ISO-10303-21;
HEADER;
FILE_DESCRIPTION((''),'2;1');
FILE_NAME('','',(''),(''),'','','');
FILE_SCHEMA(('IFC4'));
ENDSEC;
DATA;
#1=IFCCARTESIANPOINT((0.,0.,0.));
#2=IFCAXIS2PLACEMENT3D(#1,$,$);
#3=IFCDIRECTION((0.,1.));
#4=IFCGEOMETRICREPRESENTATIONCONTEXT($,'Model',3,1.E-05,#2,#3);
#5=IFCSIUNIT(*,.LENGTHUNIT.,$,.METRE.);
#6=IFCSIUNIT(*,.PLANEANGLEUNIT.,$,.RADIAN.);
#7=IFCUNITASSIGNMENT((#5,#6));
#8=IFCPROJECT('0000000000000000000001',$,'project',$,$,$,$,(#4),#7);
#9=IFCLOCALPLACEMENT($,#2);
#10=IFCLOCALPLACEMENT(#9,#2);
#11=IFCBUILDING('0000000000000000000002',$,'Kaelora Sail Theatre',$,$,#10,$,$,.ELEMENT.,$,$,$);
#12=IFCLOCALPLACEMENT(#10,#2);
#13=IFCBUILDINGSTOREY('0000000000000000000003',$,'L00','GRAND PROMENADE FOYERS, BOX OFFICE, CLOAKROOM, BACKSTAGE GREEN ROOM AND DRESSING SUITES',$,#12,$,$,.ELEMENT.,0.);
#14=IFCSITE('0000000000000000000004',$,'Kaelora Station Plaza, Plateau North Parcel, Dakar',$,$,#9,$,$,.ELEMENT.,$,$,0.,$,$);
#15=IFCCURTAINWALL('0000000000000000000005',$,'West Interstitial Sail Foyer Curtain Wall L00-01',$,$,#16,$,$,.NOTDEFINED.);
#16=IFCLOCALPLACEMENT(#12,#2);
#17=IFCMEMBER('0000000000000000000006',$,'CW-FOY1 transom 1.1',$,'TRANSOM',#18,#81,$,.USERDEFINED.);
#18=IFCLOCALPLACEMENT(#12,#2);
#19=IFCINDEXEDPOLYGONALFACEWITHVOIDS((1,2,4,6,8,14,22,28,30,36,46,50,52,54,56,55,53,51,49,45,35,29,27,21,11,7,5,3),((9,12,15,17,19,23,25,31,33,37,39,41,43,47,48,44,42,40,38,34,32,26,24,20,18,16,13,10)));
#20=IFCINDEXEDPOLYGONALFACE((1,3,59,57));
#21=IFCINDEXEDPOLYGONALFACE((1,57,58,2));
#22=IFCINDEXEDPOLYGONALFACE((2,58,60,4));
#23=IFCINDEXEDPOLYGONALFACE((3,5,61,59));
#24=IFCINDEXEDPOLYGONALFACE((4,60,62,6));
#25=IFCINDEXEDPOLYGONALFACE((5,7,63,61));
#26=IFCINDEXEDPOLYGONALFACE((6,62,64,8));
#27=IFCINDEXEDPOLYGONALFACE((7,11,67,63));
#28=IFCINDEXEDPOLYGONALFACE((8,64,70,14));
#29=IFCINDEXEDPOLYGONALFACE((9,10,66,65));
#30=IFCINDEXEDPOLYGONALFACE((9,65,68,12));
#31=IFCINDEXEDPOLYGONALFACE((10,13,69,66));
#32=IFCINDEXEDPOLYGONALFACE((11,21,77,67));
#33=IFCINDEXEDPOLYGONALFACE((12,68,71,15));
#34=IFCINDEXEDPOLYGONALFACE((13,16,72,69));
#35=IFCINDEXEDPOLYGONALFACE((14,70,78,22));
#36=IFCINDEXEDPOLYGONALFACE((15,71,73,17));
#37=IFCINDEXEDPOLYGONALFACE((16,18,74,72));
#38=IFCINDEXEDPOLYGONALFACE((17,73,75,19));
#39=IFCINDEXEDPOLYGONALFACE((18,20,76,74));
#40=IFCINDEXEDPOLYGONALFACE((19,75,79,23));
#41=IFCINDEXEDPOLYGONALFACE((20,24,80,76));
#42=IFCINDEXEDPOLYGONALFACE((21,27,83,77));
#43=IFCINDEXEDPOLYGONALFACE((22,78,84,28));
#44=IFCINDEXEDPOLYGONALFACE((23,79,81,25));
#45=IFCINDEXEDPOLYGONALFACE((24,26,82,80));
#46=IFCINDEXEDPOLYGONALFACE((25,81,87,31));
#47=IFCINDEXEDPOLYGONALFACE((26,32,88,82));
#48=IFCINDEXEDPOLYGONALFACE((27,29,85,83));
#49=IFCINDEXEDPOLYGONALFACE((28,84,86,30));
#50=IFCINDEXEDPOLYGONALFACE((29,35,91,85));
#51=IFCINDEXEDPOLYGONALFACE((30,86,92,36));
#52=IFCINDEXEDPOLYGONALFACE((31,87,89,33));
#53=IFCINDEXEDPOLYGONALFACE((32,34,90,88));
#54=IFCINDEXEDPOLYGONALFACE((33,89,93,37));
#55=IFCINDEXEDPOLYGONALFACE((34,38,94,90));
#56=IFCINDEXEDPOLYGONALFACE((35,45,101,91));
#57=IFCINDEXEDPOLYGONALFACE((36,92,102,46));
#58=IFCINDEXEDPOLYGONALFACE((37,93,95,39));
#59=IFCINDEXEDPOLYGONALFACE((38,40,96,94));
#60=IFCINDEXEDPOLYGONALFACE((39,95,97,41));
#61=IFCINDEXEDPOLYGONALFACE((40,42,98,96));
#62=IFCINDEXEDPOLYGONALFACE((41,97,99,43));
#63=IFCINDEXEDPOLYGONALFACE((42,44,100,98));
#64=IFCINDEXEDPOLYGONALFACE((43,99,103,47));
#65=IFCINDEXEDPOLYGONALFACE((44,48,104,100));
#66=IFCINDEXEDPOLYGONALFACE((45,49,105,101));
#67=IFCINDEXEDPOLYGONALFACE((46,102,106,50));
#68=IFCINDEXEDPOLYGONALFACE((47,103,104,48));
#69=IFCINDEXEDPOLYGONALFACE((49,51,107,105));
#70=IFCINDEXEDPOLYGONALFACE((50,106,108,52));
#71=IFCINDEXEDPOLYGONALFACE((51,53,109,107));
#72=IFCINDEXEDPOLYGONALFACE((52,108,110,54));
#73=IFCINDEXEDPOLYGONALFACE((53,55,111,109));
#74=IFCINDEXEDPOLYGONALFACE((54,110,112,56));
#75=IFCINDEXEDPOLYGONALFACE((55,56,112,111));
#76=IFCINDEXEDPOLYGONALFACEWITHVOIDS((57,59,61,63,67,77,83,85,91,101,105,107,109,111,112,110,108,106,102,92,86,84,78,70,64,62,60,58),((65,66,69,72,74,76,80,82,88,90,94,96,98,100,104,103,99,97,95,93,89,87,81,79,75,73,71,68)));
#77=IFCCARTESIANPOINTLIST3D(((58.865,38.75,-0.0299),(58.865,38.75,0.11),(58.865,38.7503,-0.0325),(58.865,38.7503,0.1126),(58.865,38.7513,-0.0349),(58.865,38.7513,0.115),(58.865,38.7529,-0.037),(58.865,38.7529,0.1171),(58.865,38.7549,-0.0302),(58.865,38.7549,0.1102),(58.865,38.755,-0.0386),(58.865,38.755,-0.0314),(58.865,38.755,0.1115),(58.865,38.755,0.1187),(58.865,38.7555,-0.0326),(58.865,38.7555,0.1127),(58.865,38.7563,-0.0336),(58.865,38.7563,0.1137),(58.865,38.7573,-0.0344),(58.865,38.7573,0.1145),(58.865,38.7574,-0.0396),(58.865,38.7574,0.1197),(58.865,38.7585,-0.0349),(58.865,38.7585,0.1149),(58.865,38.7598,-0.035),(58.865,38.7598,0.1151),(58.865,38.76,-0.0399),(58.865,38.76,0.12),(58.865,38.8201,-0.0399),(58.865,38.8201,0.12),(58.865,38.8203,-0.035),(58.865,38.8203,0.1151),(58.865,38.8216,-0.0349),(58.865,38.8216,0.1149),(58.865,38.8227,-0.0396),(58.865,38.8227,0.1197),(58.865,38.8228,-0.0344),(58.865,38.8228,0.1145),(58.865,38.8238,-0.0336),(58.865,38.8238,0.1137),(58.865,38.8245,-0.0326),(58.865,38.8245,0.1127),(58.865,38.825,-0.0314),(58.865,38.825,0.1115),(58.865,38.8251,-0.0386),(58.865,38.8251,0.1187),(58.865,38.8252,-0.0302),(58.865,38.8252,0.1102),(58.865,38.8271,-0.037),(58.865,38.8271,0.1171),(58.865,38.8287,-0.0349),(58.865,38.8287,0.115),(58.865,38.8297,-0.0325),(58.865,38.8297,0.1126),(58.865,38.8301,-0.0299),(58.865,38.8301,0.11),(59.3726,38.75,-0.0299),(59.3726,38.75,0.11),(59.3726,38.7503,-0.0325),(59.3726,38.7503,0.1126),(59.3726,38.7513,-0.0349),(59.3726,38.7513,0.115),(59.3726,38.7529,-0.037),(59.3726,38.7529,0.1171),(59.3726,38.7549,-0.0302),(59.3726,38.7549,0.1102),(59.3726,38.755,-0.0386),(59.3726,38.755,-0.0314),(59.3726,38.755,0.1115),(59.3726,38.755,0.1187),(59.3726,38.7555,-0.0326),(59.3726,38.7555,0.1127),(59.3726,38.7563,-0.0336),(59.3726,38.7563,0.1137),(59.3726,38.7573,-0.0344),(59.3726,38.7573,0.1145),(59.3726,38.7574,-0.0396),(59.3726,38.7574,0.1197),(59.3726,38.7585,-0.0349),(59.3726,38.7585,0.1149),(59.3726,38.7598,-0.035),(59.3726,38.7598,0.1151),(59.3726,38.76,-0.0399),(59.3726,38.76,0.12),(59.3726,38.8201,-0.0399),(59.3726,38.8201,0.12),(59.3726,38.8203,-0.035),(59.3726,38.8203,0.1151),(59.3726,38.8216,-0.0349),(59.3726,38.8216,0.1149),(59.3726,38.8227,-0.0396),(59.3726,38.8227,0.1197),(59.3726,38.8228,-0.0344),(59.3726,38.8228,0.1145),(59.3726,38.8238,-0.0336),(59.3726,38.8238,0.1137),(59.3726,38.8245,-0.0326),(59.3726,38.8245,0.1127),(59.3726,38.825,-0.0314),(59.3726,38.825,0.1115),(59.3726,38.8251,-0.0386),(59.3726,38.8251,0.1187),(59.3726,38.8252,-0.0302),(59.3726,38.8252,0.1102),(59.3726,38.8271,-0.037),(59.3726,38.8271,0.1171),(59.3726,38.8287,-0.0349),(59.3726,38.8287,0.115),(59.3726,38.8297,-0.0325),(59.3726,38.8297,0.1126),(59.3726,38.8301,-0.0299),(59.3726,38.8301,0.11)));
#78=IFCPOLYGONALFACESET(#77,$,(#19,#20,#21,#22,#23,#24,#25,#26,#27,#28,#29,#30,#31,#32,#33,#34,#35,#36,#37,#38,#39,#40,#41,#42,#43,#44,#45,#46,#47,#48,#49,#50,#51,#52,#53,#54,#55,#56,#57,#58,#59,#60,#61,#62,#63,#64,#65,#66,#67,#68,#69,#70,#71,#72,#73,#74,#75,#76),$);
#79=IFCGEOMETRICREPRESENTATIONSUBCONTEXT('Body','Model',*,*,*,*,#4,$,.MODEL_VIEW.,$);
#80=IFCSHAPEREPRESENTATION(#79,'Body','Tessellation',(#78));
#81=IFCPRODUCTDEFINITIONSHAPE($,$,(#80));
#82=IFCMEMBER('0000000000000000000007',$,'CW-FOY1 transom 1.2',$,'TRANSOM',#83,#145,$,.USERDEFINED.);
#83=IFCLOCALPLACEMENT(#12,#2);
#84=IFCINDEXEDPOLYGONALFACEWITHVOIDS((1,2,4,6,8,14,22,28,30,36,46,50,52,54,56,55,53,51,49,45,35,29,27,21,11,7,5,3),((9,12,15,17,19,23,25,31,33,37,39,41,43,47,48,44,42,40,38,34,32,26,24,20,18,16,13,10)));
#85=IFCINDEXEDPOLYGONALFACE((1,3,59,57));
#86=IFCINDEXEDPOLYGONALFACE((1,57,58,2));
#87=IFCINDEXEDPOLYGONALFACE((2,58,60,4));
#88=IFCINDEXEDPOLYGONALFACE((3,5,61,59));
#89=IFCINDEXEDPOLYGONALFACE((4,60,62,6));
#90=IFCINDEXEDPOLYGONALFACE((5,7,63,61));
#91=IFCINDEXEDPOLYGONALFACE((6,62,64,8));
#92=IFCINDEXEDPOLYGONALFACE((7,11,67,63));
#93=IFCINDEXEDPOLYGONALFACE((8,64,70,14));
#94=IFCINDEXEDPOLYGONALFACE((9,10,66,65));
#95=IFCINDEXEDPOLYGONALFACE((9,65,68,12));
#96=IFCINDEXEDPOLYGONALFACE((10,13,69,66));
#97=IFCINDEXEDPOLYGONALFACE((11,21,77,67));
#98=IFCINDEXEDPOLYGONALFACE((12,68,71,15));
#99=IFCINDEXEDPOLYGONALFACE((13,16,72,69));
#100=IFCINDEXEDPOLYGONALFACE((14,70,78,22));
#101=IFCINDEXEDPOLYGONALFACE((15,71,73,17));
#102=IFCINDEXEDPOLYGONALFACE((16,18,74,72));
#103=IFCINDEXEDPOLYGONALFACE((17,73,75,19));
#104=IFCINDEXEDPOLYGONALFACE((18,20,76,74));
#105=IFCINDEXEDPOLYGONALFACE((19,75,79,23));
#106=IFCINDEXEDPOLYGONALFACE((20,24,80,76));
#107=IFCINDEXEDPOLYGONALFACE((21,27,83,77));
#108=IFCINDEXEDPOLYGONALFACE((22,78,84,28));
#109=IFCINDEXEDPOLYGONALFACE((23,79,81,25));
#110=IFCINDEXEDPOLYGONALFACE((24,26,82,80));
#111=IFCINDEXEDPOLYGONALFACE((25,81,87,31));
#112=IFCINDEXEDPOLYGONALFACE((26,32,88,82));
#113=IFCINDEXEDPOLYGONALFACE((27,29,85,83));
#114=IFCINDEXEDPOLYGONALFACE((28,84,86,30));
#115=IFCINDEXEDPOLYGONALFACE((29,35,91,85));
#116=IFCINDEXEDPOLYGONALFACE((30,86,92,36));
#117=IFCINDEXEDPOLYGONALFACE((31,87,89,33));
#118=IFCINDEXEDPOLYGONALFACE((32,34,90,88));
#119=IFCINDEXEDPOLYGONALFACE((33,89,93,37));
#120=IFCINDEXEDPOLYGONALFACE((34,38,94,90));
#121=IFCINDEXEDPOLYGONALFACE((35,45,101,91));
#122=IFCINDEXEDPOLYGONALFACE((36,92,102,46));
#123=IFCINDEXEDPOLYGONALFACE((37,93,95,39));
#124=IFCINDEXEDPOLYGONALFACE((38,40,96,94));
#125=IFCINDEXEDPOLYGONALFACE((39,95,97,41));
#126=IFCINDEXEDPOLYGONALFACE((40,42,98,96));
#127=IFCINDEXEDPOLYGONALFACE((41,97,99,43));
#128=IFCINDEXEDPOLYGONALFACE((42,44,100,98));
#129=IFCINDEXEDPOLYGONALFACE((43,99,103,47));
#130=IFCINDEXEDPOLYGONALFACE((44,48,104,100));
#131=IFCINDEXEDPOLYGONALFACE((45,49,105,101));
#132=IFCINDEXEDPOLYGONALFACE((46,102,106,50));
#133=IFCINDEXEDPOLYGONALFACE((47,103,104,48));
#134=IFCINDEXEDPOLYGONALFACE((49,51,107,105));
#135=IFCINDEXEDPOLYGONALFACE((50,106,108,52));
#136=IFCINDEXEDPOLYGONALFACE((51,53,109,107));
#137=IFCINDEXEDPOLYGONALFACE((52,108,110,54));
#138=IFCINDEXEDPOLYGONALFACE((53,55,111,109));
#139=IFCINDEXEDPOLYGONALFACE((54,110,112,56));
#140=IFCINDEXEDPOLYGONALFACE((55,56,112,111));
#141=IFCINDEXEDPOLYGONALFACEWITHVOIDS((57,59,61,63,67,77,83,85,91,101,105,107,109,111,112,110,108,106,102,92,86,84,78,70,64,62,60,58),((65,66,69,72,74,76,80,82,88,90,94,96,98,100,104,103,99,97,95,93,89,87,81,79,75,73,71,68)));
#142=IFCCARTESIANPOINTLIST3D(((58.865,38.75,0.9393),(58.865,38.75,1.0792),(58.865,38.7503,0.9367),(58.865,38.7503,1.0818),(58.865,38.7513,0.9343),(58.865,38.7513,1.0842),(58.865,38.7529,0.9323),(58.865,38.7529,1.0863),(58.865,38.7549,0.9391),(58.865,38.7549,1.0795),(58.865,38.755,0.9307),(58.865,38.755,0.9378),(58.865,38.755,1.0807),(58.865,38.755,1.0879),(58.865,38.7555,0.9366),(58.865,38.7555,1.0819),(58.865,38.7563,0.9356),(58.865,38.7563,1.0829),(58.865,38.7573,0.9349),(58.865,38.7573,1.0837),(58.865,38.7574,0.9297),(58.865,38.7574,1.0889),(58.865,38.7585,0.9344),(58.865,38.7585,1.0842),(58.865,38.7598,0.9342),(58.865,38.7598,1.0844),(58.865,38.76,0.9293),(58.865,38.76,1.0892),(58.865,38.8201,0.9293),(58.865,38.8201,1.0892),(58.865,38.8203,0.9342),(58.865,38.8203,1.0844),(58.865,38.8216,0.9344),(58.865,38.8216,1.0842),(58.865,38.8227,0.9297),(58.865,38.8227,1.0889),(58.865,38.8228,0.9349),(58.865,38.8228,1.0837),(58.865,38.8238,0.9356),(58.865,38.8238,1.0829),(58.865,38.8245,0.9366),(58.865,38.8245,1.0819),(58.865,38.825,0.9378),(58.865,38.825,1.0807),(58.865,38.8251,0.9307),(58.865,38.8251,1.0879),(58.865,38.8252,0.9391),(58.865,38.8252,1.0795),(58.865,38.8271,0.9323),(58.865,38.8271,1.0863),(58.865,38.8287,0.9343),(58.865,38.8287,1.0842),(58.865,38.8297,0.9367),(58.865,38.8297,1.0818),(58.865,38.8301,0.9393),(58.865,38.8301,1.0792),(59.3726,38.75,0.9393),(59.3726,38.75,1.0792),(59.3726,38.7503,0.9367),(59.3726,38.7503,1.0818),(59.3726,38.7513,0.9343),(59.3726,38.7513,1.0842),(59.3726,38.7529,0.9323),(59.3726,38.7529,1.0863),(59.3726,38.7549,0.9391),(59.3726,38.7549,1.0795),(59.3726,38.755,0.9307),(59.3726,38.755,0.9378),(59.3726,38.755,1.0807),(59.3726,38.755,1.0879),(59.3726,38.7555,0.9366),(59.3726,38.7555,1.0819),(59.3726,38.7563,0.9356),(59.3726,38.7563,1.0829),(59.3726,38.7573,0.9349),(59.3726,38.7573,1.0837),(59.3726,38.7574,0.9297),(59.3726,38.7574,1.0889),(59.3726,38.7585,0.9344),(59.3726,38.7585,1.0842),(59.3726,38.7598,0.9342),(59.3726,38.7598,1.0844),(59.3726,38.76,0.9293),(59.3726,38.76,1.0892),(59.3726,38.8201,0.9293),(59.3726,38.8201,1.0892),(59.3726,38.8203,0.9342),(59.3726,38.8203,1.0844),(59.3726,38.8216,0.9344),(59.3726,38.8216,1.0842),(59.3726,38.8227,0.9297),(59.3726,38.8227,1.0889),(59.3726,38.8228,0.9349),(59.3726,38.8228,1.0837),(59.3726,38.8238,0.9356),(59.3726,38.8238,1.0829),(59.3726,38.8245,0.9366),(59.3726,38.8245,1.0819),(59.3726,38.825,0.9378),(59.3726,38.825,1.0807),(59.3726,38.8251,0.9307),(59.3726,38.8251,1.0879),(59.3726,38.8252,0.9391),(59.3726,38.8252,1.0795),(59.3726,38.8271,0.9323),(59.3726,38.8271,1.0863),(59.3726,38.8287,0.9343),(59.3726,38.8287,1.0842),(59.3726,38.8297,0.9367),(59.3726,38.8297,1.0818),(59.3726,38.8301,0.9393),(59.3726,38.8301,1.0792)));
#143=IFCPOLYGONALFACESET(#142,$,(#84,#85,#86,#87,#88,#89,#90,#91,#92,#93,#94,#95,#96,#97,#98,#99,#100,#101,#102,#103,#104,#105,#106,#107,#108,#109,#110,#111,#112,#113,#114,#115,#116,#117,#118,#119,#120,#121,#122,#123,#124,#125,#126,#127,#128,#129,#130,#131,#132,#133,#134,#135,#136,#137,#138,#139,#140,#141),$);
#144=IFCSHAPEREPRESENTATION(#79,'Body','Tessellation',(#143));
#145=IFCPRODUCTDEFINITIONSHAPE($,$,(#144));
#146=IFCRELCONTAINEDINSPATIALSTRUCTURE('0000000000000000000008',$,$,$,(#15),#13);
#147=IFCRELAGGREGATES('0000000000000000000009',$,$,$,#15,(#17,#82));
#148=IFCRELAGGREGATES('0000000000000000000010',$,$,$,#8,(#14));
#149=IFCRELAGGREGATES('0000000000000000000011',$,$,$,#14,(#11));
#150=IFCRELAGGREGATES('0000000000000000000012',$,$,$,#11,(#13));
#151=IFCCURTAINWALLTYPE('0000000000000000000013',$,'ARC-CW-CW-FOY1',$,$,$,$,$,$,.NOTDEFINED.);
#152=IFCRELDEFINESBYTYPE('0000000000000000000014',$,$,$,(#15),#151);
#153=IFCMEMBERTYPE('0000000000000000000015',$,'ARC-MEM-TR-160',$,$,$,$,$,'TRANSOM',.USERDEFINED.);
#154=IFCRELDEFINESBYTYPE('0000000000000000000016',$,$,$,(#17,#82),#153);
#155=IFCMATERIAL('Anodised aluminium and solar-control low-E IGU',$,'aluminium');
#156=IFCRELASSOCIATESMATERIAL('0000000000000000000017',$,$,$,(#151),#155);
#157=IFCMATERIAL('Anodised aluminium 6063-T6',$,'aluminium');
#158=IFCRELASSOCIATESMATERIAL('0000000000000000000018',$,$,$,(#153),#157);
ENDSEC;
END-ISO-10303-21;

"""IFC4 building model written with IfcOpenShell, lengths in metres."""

from ifc_helpers import new_model, si_unit, direction, frame, origin, origin_2d, place, context, subcontext, project, spatial, hollow_rectangle, extrude, material, material_profile, profile_set, type_object, element, aggregate, save


model = new_model("IFC4")

# Units and contexts
model_context = context("Model", 3, precision=1e-05, world=origin(), true_north=direction((0.0, 1.0)))
body_context = subcontext(model_context, "Body", "Model", "MODEL_VIEW")
ifc_project = project(units=[si_unit("LENGTHUNIT", "METRE"), si_unit("PLANEANGLEUNIT", "RADIAN")], contexts=[model_context])

# Site, building, storey
site_placement = place(None, origin())
site = spatial("IfcSite", under=ifc_project, at=site_placement, Name="Kaelora Station Plaza, Plateau North Parcel, Dakar", CompositionType="ELEMENT", RefElevation=0.0)
building_placement = place(site_placement, origin())
building = spatial("IfcBuilding", under=site, at=building_placement, Name="Kaelora Sail Theatre", CompositionType="ELEMENT")
storey_placement = place(building_placement, origin())
storey = spatial("IfcBuildingStorey", under=building, at=storey_placement, Name="L00", Description="GRAND PROMENADE FOYERS, BOX OFFICE, CLOAKROOM, BACKSTAGE GREEN ROOM AND DRESSING SUITES", CompositionType="ELEMENT", Elevation=0.0)

# Curtain wall, members
ifc_material_1 = material(Name="Anodised aluminium and solar-control low-E IGU", Category="aluminium")
curtain_wall_type = type_object("IfcCurtainWallType", Name="ARC-CW-CW-FOY1", PredefinedType="NOTDEFINED", material=ifc_material_1)
curtain_wall_placement = place(storey_placement, origin())
curtain_wall = element("IfcCurtainWall", 1, at=curtain_wall_placement, inside=storey, type_object=curtain_wall_type, Name="West Interstitial Sail Foyer Curtain Wall L00-01", PredefinedType="NOTDEFINED")
ifc_material_2 = material(Name="Anodised aluminium 6063-T6", Category="aluminium")
ifc_material_profile_1 = material_profile(ifc_material_2, hollow_rectangle(XDim=0.0801, YDim=0.1599, WallThickness=0.0049, InnerFilletRadius=0.0049, OuterFilletRadius=0.01, at=origin_2d()), Name="ALU-TRAN 80x160x5")
ifc_profile_set_1 = profile_set([ifc_material_profile_1], Name="Anodised aluminium 6063-T6")
member_type_1 = type_object("IfcMemberType", Name="ARC-MEM-TR-160", ElementType="TRANSOM", PredefinedType="USERDEFINED", material=ifc_profile_set_1)
member_1_placement = place(storey_placement, frame((58.865, 38.79, 0.04), z_axis=(1.0, 0.0, 0.0), x_axis=(0.0, 1.0, 0.0)))
member_1 = element("IfcMember", 2, at=member_1_placement, type_object=member_type_1, Name="CW-FOY1 transom 1.1", ObjectType="TRANSOM", PredefinedType="USERDEFINED", context=body_context, shape_type="SweptSolid", body=[
    extrude(hollow_rectangle(XDim=0.0801, YDim=0.1599, WallThickness=0.0049, InnerFilletRadius=0.0049, OuterFilletRadius=0.01, at=origin_2d()), origin(), (0.0, 0.0, 1.0), 0.5076),
])
member_2_placement = place(storey_placement, frame((58.865, 38.79, 1.0093), z_axis=(1.0, 0.0, 0.0), x_axis=(0.0, 1.0, 0.0)))
member_2 = element("IfcMember", 3, at=member_2_placement, type_object=member_type_1, Name="CW-FOY1 transom 1.2", ObjectType="TRANSOM", PredefinedType="USERDEFINED", context=body_context, shape_type="SweptSolid", body=[
    extrude(hollow_rectangle(XDim=0.0801, YDim=0.1599, WallThickness=0.0049, InnerFilletRadius=0.0049, OuterFilletRadius=0.01, at=origin_2d()), origin(), (0.0, 0.0, 1.0), 0.5076),
])

aggregate(curtain_wall, [member_1, member_2])

save(model, "model.ifc")
